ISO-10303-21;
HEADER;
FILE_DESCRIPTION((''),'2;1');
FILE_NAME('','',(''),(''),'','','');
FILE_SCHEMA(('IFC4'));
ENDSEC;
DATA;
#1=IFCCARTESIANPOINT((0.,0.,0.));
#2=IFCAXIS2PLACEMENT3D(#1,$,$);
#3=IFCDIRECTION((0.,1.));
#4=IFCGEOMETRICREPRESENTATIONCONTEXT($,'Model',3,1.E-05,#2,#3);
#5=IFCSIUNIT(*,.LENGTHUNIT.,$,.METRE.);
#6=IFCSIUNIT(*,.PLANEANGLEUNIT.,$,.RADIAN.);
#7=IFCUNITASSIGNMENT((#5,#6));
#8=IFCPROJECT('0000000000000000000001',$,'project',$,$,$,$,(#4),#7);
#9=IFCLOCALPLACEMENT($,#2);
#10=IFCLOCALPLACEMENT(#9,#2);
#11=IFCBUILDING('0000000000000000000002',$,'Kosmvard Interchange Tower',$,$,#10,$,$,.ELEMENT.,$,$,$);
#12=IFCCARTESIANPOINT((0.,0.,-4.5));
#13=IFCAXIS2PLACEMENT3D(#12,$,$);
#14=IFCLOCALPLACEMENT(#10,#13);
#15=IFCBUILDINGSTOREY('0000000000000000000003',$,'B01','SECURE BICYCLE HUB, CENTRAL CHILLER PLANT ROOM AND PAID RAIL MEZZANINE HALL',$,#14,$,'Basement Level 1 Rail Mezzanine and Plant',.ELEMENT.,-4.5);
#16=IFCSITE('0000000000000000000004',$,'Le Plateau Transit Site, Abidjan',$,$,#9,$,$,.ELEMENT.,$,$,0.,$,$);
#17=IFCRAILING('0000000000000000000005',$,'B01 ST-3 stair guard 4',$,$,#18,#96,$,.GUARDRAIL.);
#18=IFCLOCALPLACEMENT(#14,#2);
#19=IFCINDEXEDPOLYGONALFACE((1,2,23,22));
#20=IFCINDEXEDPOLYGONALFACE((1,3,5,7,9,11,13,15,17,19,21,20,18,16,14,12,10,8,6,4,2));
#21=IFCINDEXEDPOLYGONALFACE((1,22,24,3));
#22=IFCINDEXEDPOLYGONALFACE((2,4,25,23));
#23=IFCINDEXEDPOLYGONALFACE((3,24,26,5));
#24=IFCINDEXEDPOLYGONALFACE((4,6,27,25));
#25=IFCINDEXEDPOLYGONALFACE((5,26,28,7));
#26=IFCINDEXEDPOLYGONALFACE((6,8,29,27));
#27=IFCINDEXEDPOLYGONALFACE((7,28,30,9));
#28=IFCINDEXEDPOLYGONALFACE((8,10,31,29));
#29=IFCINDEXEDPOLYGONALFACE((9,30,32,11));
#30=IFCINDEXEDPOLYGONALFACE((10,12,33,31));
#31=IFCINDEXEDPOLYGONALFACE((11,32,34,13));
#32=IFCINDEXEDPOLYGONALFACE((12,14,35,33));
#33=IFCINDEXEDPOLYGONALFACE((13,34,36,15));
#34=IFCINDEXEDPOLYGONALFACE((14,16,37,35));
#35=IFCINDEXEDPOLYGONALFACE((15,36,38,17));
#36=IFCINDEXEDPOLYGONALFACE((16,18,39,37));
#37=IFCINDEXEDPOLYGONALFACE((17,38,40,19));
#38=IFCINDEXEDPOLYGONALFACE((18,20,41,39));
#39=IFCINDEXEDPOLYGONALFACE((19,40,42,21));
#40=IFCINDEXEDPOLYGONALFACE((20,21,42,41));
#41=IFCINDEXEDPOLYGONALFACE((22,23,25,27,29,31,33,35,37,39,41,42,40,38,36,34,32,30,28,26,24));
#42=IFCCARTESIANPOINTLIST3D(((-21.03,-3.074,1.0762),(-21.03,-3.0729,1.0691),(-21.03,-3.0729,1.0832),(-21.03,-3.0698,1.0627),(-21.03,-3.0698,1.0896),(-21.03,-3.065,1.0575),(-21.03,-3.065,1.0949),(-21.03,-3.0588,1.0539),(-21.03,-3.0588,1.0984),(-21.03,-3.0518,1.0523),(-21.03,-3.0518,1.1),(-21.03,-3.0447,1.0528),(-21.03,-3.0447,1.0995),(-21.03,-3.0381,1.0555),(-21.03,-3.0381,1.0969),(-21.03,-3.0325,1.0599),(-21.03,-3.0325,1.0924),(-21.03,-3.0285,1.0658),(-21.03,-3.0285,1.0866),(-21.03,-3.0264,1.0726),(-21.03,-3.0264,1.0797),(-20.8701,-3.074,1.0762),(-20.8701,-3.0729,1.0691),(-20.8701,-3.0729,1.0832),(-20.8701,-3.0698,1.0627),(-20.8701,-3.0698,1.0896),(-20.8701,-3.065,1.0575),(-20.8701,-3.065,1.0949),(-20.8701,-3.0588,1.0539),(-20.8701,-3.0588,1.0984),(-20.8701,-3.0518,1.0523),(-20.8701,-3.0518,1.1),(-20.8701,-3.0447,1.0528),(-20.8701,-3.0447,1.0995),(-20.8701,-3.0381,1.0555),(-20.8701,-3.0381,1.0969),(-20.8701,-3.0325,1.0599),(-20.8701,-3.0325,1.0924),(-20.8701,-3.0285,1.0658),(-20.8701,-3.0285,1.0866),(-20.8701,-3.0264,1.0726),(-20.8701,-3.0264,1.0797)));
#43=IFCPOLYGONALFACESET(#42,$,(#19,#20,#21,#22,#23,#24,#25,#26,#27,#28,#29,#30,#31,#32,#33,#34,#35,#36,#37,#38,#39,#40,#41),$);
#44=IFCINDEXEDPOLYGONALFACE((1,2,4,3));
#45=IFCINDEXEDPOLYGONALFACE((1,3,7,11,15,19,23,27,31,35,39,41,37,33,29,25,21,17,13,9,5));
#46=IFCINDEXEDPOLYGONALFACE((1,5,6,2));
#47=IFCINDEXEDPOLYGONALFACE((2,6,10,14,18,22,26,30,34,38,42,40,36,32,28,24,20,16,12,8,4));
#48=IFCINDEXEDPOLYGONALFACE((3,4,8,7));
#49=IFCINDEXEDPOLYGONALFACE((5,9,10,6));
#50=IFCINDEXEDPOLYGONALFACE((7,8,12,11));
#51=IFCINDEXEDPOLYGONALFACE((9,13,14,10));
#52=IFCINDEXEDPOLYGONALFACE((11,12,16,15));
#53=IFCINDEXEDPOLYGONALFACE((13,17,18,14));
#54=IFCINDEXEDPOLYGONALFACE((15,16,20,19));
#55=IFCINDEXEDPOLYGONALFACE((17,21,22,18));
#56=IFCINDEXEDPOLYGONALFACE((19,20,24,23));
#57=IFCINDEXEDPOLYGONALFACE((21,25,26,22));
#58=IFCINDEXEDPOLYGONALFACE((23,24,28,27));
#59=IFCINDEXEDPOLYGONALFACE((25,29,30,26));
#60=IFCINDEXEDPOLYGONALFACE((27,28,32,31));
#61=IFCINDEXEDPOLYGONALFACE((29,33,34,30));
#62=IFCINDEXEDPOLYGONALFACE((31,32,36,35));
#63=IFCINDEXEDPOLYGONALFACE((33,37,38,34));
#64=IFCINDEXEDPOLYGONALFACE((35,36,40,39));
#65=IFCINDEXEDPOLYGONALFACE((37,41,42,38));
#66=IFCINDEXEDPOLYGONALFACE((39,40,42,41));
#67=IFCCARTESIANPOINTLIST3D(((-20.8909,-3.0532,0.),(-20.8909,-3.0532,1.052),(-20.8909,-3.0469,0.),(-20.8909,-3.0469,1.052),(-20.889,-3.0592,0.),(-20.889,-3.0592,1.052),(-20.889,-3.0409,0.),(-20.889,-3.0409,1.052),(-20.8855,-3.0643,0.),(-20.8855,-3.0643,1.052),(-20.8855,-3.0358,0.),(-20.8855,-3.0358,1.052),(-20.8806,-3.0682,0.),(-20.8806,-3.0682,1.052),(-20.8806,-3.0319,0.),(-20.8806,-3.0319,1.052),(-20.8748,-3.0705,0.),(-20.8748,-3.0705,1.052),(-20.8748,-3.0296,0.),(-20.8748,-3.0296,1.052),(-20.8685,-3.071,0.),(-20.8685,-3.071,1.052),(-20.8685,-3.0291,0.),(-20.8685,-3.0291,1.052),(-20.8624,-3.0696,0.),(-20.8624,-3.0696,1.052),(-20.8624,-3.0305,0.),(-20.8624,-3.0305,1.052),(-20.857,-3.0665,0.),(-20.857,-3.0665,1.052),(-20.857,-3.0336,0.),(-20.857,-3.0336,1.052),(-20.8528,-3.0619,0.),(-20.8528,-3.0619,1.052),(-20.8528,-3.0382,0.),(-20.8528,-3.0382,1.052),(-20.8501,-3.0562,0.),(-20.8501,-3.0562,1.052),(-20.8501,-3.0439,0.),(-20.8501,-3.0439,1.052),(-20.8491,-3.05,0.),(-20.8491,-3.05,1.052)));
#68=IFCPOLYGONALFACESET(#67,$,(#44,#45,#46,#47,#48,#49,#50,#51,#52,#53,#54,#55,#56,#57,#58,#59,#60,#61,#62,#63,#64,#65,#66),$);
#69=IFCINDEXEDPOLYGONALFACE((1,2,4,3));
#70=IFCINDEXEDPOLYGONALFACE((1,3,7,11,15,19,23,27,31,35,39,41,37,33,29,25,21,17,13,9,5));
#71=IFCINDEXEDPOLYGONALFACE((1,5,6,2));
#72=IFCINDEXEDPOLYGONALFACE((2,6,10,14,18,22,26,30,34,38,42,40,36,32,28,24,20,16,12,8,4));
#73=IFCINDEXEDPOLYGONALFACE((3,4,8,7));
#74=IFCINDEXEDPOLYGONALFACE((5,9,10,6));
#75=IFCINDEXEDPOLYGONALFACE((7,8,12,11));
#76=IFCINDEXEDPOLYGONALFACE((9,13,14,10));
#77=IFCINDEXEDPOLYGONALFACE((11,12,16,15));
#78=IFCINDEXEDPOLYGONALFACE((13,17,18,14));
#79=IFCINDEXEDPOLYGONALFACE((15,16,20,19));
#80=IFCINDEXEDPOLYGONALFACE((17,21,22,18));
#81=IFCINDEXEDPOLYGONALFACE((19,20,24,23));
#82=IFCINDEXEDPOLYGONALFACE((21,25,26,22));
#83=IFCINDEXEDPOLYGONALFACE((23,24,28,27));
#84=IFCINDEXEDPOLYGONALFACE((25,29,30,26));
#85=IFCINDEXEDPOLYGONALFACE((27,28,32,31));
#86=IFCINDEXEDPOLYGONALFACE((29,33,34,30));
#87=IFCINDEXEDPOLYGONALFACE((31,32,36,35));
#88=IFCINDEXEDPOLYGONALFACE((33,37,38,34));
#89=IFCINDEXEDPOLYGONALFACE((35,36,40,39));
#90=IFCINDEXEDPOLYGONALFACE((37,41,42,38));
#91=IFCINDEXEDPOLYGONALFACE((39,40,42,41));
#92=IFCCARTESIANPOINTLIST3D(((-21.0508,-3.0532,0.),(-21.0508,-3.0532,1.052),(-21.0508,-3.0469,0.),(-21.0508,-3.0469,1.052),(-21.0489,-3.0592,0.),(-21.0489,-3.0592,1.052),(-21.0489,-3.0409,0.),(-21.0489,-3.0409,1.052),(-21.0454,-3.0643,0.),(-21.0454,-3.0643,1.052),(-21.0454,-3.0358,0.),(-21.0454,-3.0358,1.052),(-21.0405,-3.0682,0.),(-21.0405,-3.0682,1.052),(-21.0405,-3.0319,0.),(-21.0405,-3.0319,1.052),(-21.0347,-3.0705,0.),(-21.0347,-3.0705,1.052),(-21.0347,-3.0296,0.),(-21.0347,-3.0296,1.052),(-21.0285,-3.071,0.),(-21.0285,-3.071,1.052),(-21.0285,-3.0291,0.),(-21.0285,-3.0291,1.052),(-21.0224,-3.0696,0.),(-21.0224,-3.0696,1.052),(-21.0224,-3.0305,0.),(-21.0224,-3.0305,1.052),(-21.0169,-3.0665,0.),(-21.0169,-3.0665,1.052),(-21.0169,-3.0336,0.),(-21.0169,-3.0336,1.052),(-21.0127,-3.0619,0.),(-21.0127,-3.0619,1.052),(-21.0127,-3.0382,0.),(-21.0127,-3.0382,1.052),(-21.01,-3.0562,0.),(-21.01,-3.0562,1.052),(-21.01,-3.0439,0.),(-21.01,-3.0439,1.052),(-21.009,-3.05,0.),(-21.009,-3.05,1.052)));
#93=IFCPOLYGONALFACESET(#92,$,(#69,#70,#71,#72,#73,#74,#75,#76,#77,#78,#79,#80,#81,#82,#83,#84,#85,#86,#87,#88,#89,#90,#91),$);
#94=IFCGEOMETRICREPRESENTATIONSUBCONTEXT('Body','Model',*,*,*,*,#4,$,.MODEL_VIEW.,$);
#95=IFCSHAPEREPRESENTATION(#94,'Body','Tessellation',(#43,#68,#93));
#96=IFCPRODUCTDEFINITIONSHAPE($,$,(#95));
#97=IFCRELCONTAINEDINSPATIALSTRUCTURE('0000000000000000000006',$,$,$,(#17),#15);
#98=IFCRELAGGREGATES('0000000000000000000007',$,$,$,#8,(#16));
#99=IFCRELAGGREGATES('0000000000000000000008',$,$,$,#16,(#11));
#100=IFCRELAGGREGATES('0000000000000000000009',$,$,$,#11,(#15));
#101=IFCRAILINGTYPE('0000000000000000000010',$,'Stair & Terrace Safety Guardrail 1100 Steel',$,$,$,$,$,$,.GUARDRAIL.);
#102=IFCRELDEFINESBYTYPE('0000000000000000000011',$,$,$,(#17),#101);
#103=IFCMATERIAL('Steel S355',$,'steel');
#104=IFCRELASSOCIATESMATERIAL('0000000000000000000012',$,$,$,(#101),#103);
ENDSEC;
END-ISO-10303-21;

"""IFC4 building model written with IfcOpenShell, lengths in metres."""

from ifc_helpers import new_model, si_unit, direction, frame, origin, origin_2d, place, context, subcontext, project, spatial, circle, extrude, source, transform, mapped, material, type_object, element, save


model = new_model("IFC4")

# Units and contexts
model_context = context("Model", 3, precision=1e-05, world=origin(), true_north=direction((0.0, 1.0)))
body_context = subcontext(model_context, "Body", "Model", "MODEL_VIEW")
ifc_project = project(units=[si_unit("LENGTHUNIT", "METRE"), si_unit("PLANEANGLEUNIT", "RADIAN")], contexts=[model_context])

# Site, building, storey
site_placement = place(None, origin())
site = spatial("IfcSite", under=ifc_project, at=site_placement, Name="Le Plateau Transit Site, Abidjan", CompositionType="ELEMENT", RefElevation=0.0)
building_placement = place(site_placement, origin())
building = spatial("IfcBuilding", under=site, at=building_placement, Name="Kosmvard Interchange Tower", CompositionType="ELEMENT")
storey_placement = place(building_placement, frame((0.0, 0.0, -4.5)))
storey = spatial("IfcBuildingStorey", under=building, at=storey_placement, Name="B01", Description="SECURE BICYCLE HUB, CENTRAL CHILLER PLANT ROOM AND PAID RAIL MEZZANINE HALL", LongName="Basement Level 1 Rail Mezzanine and Plant", CompositionType="ELEMENT", Elevation=-4.5)

# Shared definitions
ifc_material_1 = material(Name="Steel S355", Category="steel")

# Railing
railing_type_1 = type_object("IfcRailingType", Name="Stair & Terrace Safety Guardrail 1100 Steel", PredefinedType="GUARDRAIL", material=ifc_material_1)
shared_shape_1 = source(origin(), body_context, "Body", "SweptSolid", [
    extrude(circle(Radius=0.0239, at=origin_2d()), frame((0.0, 0.0, 1.0762), z_axis=(-1.0, 0.0, 0.0), x_axis=(0.0, -1.0, 0.0)), (0.0, 0.0, 1.0), 0.1599),
    extrude(circle(Radius=0.021, at=origin_2d()), origin(), (0.0, 0.0, 1.0), 1.052),
    extrude(circle(Radius=0.021, at=origin_2d()), frame((-0.1599, 0.0, 0.0)), (0.0, 0.0, 1.0), 1.052),
])
railing_1_placement = place(storey_placement, frame((-20.8701, -3.05, 0.0)))
element("IfcRailing", 1, at=railing_1_placement, inside=storey, type_object=railing_type_1, Name="B01 ST-3 stair guard 4", PredefinedType="GUARDRAIL", context=body_context, shape_type="MappedRepresentation", body=[
    mapped(shared_shape_1, transform((0.0, 0.0, 0.0), scale=1.0)),
])

save(model, "model.ifc")
